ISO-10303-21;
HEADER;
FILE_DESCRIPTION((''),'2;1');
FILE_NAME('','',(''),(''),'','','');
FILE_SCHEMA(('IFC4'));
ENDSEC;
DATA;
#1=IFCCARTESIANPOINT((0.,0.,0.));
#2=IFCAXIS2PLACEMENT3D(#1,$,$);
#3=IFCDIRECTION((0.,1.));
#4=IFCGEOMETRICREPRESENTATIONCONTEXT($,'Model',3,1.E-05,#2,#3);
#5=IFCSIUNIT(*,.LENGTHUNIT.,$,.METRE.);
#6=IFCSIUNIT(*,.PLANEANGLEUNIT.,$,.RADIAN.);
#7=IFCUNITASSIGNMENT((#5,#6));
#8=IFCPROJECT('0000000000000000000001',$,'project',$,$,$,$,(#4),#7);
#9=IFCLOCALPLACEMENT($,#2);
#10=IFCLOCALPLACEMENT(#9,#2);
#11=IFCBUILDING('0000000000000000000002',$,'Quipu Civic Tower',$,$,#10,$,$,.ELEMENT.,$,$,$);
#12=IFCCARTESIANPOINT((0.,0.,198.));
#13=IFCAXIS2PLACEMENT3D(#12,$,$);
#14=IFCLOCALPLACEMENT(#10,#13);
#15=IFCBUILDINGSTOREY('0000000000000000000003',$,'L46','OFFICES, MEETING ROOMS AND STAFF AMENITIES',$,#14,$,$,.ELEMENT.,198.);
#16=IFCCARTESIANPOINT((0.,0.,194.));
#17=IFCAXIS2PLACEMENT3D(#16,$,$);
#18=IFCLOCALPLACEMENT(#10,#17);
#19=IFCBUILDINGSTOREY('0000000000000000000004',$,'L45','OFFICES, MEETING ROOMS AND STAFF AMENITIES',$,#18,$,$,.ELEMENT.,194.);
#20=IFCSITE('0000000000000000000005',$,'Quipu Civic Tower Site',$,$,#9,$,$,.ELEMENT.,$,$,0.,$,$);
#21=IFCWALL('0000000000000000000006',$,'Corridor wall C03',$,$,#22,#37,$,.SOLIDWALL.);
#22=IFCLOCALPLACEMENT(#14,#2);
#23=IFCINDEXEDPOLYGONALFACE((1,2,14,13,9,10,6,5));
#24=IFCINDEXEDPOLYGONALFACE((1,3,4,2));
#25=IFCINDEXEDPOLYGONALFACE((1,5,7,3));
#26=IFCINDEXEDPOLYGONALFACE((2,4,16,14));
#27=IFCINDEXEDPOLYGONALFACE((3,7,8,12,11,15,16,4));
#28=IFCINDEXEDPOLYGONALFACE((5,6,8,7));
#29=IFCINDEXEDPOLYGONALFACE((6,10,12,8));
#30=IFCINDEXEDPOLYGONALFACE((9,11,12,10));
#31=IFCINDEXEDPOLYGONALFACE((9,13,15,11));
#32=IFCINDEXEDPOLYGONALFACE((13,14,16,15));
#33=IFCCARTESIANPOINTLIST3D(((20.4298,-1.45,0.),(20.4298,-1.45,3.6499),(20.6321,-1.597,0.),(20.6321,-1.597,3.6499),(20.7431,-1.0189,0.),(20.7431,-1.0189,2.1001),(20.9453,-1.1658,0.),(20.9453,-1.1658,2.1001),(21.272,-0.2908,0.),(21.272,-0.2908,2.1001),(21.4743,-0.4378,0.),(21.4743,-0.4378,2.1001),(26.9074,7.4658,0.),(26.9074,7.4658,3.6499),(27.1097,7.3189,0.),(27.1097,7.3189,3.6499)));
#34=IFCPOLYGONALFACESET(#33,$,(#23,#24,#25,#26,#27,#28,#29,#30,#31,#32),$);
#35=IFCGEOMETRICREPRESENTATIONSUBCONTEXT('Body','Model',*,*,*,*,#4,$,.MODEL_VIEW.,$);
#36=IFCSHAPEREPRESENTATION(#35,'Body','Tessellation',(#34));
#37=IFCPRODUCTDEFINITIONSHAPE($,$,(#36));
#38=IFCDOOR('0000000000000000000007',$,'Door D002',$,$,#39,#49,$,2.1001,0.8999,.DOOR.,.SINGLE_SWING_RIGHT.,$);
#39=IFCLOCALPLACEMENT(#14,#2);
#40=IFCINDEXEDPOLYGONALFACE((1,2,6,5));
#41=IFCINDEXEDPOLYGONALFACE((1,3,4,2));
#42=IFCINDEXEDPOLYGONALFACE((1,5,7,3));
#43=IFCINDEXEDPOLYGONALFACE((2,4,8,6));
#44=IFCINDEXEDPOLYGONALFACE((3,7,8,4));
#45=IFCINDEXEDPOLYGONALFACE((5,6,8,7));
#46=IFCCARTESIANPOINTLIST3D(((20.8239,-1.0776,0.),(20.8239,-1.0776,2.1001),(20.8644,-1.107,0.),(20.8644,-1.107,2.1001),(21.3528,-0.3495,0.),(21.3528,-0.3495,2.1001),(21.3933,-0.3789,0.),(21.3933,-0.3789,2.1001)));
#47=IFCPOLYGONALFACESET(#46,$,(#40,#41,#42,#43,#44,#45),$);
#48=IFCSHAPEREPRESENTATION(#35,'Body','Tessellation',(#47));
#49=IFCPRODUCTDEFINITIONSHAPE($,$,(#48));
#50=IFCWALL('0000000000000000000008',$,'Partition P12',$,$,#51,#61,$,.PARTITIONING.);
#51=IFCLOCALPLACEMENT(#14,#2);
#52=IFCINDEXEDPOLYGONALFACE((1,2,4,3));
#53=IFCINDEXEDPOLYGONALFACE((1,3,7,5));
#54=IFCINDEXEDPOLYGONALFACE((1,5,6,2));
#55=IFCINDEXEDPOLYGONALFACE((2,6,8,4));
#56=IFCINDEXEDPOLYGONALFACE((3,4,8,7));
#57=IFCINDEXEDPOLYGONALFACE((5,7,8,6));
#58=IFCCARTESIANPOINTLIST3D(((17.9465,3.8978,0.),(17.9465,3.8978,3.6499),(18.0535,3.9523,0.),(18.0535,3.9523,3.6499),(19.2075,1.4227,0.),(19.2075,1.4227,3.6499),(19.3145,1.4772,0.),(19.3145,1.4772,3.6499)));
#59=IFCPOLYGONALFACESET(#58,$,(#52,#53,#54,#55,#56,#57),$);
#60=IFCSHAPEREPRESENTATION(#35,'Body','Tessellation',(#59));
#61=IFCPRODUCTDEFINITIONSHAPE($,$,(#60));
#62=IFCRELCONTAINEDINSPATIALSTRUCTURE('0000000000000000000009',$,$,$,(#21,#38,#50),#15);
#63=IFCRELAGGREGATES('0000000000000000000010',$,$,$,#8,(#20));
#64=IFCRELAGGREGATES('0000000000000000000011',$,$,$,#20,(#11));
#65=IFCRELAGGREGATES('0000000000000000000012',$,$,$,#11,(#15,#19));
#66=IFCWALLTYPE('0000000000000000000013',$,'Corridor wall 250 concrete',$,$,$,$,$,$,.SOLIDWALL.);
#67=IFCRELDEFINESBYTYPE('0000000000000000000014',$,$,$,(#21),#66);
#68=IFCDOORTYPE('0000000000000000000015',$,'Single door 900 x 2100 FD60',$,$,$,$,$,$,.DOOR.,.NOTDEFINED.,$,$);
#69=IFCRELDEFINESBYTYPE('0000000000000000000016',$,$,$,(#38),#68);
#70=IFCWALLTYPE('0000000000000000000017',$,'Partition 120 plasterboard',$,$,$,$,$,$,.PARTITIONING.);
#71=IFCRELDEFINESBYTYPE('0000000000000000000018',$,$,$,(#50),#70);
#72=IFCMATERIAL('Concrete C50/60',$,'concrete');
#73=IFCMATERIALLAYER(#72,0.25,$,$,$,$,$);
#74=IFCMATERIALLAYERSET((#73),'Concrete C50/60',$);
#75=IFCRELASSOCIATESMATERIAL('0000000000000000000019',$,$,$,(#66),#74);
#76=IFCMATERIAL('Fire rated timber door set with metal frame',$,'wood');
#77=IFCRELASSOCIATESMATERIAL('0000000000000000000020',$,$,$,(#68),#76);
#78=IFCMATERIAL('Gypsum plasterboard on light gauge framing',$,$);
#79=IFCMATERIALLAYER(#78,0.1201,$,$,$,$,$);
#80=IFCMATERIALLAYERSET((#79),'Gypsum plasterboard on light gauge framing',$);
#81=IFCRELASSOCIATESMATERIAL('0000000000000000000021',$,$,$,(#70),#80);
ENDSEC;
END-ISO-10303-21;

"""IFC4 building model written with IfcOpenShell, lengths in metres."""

from ifc_helpers import new_model, si_unit, direction, frame, frame_2d, origin, place, context, subcontext, project, spatial, rectangle, extrude, material, layer, layer_set, type_object, element, fill, save


model = new_model("IFC4")

# Units and contexts
model_context = context("Model", 3, precision=1e-05, world=origin(), true_north=direction((0.0, 1.0)))
body_context = subcontext(model_context, "Body", "Model", "MODEL_VIEW")
ifc_project = project(units=[si_unit("LENGTHUNIT", "METRE"), si_unit("PLANEANGLEUNIT", "RADIAN")], contexts=[model_context])

# Site, building, storey
site_placement = place(None, origin())
site = spatial("IfcSite", under=ifc_project, at=site_placement, Name="Quipu Civic Tower Site", CompositionType="ELEMENT", RefElevation=0.0)
building_placement = place(site_placement, origin())
building = spatial("IfcBuilding", under=site, at=building_placement, Name="Quipu Civic Tower", CompositionType="ELEMENT")
storey_1_placement = place(building_placement, frame((0.0, 0.0, 198.0)))
storey_1 = spatial("IfcBuildingStorey", under=building, at=storey_1_placement, Name="L46", Description="OFFICES, MEETING ROOMS AND STAFF AMENITIES", CompositionType="ELEMENT", Elevation=198.0)

# Shared definitions
storey_2_placement = place(building_placement, frame((0.0, 0.0, 194.0)))
storey_2 = spatial("IfcBuildingStorey", under=building, at=storey_2_placement, Name="L45", Description="OFFICES, MEETING ROOMS AND STAFF AMENITIES", CompositionType="ELEMENT", Elevation=194.0)

# Wall, opening, door
ifc_material_1 = material(Name="Concrete C50/60", Category="concrete")
ifc_layer_1 = layer(ifc_material_1, 0.25)
ifc_layer_set_1 = layer_set([ifc_layer_1], Name="Concrete C50/60")
wall_type_1 = type_object("IfcWallType", Name="Corridor wall 250 concrete", PredefinedType="SOLIDWALL", material=ifc_layer_set_1)
wall_1_placement = place(storey_1_placement, frame((27.0085, 7.3923, 0.0), z_axis=(0.0, 0.0, 1.0), x_axis=(-0.587776, -0.809023, 0.0)))
wall_1 = element("IfcWall", 1, at=wall_1_placement, inside=storey_1, type_object=wall_type_1, Name="Corridor wall C03", PredefinedType="SOLIDWALL", context=body_context, shape_type="SweptSolid", body=[
    extrude(rectangle(XDim=11.0205, YDim=0.25, at=frame_2d((5.5103, 0.0))), origin(), (0.0, 0.0, 1.0), 3.6499),
])
opening_1_placement = place(wall_1_placement, frame((9.5876, 0.0, 0.0)))
opening_1 = element("IfcOpeningElement", 2, at=opening_1_placement, cuts=wall_1, PredefinedType="OPENING", context=body_context, shape_type="SweptSolid", body=[
    extrude(rectangle(XDim=0.8999, YDim=2.1001, at=frame_2d((0.45, 1.05))), frame((0.0, 0.135, 0.0), z_axis=(0.0, -1.0, 0.0), x_axis=(1.0, 0.0, 0.0)), (0.0, 0.0, 1.0), 0.27),
])
ifc_material_2 = material(Name="Fire rated timber door set with metal frame", Category="wood")
door_type_1 = type_object("IfcDoorType", Name="Single door 900 x 2100 FD60", OperationType="NOTDEFINED", PredefinedType="DOOR", material=ifc_material_2)
door_1_placement = place(opening_1_placement, origin())
door_1 = element("IfcDoor", 3, at=door_1_placement, inside=storey_1, type_object=door_type_1, Name="Door D002", OperationType="SINGLE_SWING_RIGHT", OverallHeight=2.1001, OverallWidth=0.8999, PredefinedType="DOOR", context=body_context, shape_type="SweptSolid", body=[
    extrude(rectangle(XDim=0.8999, YDim=2.1001, at=frame_2d((0.45, 1.05))), frame((0.0, 0.0249, 0.0), z_axis=(0.0, -1.0, 0.0), x_axis=(1.0, 0.0, 0.0)), (0.0, 0.0, 1.0), 0.05),
])
fill(opening_1, door_1)

# Wall
ifc_material_3 = material(Name="Gypsum plasterboard on light gauge framing")
ifc_layer_2 = layer(ifc_material_3, 0.1201)
ifc_layer_set_2 = layer_set([ifc_layer_2], Name="Gypsum plasterboard on light gauge framing")
wall_type_2 = type_object("IfcWallType", Name="Partition 120 plasterboard", PredefinedType="PARTITIONING", material=ifc_layer_set_2)
wall_2_placement = place(storey_1_placement, frame((18.0, 3.925, 0.0), z_axis=(0.0, 0.0, 1.0), x_axis=(0.453951, -0.891027, 0.0)))
element("IfcWall", 4, at=wall_2_placement, inside=storey_1, type_object=wall_type_2, Name="Partition P12", PredefinedType="PARTITIONING", context=body_context, shape_type="SweptSolid", body=[
    extrude(rectangle(XDim=2.7778, YDim=0.1201, at=frame_2d((1.3889, 0.0))), origin(), (0.0, 0.0, 1.0), 3.6499),
])

save(model, "model.ifc")
